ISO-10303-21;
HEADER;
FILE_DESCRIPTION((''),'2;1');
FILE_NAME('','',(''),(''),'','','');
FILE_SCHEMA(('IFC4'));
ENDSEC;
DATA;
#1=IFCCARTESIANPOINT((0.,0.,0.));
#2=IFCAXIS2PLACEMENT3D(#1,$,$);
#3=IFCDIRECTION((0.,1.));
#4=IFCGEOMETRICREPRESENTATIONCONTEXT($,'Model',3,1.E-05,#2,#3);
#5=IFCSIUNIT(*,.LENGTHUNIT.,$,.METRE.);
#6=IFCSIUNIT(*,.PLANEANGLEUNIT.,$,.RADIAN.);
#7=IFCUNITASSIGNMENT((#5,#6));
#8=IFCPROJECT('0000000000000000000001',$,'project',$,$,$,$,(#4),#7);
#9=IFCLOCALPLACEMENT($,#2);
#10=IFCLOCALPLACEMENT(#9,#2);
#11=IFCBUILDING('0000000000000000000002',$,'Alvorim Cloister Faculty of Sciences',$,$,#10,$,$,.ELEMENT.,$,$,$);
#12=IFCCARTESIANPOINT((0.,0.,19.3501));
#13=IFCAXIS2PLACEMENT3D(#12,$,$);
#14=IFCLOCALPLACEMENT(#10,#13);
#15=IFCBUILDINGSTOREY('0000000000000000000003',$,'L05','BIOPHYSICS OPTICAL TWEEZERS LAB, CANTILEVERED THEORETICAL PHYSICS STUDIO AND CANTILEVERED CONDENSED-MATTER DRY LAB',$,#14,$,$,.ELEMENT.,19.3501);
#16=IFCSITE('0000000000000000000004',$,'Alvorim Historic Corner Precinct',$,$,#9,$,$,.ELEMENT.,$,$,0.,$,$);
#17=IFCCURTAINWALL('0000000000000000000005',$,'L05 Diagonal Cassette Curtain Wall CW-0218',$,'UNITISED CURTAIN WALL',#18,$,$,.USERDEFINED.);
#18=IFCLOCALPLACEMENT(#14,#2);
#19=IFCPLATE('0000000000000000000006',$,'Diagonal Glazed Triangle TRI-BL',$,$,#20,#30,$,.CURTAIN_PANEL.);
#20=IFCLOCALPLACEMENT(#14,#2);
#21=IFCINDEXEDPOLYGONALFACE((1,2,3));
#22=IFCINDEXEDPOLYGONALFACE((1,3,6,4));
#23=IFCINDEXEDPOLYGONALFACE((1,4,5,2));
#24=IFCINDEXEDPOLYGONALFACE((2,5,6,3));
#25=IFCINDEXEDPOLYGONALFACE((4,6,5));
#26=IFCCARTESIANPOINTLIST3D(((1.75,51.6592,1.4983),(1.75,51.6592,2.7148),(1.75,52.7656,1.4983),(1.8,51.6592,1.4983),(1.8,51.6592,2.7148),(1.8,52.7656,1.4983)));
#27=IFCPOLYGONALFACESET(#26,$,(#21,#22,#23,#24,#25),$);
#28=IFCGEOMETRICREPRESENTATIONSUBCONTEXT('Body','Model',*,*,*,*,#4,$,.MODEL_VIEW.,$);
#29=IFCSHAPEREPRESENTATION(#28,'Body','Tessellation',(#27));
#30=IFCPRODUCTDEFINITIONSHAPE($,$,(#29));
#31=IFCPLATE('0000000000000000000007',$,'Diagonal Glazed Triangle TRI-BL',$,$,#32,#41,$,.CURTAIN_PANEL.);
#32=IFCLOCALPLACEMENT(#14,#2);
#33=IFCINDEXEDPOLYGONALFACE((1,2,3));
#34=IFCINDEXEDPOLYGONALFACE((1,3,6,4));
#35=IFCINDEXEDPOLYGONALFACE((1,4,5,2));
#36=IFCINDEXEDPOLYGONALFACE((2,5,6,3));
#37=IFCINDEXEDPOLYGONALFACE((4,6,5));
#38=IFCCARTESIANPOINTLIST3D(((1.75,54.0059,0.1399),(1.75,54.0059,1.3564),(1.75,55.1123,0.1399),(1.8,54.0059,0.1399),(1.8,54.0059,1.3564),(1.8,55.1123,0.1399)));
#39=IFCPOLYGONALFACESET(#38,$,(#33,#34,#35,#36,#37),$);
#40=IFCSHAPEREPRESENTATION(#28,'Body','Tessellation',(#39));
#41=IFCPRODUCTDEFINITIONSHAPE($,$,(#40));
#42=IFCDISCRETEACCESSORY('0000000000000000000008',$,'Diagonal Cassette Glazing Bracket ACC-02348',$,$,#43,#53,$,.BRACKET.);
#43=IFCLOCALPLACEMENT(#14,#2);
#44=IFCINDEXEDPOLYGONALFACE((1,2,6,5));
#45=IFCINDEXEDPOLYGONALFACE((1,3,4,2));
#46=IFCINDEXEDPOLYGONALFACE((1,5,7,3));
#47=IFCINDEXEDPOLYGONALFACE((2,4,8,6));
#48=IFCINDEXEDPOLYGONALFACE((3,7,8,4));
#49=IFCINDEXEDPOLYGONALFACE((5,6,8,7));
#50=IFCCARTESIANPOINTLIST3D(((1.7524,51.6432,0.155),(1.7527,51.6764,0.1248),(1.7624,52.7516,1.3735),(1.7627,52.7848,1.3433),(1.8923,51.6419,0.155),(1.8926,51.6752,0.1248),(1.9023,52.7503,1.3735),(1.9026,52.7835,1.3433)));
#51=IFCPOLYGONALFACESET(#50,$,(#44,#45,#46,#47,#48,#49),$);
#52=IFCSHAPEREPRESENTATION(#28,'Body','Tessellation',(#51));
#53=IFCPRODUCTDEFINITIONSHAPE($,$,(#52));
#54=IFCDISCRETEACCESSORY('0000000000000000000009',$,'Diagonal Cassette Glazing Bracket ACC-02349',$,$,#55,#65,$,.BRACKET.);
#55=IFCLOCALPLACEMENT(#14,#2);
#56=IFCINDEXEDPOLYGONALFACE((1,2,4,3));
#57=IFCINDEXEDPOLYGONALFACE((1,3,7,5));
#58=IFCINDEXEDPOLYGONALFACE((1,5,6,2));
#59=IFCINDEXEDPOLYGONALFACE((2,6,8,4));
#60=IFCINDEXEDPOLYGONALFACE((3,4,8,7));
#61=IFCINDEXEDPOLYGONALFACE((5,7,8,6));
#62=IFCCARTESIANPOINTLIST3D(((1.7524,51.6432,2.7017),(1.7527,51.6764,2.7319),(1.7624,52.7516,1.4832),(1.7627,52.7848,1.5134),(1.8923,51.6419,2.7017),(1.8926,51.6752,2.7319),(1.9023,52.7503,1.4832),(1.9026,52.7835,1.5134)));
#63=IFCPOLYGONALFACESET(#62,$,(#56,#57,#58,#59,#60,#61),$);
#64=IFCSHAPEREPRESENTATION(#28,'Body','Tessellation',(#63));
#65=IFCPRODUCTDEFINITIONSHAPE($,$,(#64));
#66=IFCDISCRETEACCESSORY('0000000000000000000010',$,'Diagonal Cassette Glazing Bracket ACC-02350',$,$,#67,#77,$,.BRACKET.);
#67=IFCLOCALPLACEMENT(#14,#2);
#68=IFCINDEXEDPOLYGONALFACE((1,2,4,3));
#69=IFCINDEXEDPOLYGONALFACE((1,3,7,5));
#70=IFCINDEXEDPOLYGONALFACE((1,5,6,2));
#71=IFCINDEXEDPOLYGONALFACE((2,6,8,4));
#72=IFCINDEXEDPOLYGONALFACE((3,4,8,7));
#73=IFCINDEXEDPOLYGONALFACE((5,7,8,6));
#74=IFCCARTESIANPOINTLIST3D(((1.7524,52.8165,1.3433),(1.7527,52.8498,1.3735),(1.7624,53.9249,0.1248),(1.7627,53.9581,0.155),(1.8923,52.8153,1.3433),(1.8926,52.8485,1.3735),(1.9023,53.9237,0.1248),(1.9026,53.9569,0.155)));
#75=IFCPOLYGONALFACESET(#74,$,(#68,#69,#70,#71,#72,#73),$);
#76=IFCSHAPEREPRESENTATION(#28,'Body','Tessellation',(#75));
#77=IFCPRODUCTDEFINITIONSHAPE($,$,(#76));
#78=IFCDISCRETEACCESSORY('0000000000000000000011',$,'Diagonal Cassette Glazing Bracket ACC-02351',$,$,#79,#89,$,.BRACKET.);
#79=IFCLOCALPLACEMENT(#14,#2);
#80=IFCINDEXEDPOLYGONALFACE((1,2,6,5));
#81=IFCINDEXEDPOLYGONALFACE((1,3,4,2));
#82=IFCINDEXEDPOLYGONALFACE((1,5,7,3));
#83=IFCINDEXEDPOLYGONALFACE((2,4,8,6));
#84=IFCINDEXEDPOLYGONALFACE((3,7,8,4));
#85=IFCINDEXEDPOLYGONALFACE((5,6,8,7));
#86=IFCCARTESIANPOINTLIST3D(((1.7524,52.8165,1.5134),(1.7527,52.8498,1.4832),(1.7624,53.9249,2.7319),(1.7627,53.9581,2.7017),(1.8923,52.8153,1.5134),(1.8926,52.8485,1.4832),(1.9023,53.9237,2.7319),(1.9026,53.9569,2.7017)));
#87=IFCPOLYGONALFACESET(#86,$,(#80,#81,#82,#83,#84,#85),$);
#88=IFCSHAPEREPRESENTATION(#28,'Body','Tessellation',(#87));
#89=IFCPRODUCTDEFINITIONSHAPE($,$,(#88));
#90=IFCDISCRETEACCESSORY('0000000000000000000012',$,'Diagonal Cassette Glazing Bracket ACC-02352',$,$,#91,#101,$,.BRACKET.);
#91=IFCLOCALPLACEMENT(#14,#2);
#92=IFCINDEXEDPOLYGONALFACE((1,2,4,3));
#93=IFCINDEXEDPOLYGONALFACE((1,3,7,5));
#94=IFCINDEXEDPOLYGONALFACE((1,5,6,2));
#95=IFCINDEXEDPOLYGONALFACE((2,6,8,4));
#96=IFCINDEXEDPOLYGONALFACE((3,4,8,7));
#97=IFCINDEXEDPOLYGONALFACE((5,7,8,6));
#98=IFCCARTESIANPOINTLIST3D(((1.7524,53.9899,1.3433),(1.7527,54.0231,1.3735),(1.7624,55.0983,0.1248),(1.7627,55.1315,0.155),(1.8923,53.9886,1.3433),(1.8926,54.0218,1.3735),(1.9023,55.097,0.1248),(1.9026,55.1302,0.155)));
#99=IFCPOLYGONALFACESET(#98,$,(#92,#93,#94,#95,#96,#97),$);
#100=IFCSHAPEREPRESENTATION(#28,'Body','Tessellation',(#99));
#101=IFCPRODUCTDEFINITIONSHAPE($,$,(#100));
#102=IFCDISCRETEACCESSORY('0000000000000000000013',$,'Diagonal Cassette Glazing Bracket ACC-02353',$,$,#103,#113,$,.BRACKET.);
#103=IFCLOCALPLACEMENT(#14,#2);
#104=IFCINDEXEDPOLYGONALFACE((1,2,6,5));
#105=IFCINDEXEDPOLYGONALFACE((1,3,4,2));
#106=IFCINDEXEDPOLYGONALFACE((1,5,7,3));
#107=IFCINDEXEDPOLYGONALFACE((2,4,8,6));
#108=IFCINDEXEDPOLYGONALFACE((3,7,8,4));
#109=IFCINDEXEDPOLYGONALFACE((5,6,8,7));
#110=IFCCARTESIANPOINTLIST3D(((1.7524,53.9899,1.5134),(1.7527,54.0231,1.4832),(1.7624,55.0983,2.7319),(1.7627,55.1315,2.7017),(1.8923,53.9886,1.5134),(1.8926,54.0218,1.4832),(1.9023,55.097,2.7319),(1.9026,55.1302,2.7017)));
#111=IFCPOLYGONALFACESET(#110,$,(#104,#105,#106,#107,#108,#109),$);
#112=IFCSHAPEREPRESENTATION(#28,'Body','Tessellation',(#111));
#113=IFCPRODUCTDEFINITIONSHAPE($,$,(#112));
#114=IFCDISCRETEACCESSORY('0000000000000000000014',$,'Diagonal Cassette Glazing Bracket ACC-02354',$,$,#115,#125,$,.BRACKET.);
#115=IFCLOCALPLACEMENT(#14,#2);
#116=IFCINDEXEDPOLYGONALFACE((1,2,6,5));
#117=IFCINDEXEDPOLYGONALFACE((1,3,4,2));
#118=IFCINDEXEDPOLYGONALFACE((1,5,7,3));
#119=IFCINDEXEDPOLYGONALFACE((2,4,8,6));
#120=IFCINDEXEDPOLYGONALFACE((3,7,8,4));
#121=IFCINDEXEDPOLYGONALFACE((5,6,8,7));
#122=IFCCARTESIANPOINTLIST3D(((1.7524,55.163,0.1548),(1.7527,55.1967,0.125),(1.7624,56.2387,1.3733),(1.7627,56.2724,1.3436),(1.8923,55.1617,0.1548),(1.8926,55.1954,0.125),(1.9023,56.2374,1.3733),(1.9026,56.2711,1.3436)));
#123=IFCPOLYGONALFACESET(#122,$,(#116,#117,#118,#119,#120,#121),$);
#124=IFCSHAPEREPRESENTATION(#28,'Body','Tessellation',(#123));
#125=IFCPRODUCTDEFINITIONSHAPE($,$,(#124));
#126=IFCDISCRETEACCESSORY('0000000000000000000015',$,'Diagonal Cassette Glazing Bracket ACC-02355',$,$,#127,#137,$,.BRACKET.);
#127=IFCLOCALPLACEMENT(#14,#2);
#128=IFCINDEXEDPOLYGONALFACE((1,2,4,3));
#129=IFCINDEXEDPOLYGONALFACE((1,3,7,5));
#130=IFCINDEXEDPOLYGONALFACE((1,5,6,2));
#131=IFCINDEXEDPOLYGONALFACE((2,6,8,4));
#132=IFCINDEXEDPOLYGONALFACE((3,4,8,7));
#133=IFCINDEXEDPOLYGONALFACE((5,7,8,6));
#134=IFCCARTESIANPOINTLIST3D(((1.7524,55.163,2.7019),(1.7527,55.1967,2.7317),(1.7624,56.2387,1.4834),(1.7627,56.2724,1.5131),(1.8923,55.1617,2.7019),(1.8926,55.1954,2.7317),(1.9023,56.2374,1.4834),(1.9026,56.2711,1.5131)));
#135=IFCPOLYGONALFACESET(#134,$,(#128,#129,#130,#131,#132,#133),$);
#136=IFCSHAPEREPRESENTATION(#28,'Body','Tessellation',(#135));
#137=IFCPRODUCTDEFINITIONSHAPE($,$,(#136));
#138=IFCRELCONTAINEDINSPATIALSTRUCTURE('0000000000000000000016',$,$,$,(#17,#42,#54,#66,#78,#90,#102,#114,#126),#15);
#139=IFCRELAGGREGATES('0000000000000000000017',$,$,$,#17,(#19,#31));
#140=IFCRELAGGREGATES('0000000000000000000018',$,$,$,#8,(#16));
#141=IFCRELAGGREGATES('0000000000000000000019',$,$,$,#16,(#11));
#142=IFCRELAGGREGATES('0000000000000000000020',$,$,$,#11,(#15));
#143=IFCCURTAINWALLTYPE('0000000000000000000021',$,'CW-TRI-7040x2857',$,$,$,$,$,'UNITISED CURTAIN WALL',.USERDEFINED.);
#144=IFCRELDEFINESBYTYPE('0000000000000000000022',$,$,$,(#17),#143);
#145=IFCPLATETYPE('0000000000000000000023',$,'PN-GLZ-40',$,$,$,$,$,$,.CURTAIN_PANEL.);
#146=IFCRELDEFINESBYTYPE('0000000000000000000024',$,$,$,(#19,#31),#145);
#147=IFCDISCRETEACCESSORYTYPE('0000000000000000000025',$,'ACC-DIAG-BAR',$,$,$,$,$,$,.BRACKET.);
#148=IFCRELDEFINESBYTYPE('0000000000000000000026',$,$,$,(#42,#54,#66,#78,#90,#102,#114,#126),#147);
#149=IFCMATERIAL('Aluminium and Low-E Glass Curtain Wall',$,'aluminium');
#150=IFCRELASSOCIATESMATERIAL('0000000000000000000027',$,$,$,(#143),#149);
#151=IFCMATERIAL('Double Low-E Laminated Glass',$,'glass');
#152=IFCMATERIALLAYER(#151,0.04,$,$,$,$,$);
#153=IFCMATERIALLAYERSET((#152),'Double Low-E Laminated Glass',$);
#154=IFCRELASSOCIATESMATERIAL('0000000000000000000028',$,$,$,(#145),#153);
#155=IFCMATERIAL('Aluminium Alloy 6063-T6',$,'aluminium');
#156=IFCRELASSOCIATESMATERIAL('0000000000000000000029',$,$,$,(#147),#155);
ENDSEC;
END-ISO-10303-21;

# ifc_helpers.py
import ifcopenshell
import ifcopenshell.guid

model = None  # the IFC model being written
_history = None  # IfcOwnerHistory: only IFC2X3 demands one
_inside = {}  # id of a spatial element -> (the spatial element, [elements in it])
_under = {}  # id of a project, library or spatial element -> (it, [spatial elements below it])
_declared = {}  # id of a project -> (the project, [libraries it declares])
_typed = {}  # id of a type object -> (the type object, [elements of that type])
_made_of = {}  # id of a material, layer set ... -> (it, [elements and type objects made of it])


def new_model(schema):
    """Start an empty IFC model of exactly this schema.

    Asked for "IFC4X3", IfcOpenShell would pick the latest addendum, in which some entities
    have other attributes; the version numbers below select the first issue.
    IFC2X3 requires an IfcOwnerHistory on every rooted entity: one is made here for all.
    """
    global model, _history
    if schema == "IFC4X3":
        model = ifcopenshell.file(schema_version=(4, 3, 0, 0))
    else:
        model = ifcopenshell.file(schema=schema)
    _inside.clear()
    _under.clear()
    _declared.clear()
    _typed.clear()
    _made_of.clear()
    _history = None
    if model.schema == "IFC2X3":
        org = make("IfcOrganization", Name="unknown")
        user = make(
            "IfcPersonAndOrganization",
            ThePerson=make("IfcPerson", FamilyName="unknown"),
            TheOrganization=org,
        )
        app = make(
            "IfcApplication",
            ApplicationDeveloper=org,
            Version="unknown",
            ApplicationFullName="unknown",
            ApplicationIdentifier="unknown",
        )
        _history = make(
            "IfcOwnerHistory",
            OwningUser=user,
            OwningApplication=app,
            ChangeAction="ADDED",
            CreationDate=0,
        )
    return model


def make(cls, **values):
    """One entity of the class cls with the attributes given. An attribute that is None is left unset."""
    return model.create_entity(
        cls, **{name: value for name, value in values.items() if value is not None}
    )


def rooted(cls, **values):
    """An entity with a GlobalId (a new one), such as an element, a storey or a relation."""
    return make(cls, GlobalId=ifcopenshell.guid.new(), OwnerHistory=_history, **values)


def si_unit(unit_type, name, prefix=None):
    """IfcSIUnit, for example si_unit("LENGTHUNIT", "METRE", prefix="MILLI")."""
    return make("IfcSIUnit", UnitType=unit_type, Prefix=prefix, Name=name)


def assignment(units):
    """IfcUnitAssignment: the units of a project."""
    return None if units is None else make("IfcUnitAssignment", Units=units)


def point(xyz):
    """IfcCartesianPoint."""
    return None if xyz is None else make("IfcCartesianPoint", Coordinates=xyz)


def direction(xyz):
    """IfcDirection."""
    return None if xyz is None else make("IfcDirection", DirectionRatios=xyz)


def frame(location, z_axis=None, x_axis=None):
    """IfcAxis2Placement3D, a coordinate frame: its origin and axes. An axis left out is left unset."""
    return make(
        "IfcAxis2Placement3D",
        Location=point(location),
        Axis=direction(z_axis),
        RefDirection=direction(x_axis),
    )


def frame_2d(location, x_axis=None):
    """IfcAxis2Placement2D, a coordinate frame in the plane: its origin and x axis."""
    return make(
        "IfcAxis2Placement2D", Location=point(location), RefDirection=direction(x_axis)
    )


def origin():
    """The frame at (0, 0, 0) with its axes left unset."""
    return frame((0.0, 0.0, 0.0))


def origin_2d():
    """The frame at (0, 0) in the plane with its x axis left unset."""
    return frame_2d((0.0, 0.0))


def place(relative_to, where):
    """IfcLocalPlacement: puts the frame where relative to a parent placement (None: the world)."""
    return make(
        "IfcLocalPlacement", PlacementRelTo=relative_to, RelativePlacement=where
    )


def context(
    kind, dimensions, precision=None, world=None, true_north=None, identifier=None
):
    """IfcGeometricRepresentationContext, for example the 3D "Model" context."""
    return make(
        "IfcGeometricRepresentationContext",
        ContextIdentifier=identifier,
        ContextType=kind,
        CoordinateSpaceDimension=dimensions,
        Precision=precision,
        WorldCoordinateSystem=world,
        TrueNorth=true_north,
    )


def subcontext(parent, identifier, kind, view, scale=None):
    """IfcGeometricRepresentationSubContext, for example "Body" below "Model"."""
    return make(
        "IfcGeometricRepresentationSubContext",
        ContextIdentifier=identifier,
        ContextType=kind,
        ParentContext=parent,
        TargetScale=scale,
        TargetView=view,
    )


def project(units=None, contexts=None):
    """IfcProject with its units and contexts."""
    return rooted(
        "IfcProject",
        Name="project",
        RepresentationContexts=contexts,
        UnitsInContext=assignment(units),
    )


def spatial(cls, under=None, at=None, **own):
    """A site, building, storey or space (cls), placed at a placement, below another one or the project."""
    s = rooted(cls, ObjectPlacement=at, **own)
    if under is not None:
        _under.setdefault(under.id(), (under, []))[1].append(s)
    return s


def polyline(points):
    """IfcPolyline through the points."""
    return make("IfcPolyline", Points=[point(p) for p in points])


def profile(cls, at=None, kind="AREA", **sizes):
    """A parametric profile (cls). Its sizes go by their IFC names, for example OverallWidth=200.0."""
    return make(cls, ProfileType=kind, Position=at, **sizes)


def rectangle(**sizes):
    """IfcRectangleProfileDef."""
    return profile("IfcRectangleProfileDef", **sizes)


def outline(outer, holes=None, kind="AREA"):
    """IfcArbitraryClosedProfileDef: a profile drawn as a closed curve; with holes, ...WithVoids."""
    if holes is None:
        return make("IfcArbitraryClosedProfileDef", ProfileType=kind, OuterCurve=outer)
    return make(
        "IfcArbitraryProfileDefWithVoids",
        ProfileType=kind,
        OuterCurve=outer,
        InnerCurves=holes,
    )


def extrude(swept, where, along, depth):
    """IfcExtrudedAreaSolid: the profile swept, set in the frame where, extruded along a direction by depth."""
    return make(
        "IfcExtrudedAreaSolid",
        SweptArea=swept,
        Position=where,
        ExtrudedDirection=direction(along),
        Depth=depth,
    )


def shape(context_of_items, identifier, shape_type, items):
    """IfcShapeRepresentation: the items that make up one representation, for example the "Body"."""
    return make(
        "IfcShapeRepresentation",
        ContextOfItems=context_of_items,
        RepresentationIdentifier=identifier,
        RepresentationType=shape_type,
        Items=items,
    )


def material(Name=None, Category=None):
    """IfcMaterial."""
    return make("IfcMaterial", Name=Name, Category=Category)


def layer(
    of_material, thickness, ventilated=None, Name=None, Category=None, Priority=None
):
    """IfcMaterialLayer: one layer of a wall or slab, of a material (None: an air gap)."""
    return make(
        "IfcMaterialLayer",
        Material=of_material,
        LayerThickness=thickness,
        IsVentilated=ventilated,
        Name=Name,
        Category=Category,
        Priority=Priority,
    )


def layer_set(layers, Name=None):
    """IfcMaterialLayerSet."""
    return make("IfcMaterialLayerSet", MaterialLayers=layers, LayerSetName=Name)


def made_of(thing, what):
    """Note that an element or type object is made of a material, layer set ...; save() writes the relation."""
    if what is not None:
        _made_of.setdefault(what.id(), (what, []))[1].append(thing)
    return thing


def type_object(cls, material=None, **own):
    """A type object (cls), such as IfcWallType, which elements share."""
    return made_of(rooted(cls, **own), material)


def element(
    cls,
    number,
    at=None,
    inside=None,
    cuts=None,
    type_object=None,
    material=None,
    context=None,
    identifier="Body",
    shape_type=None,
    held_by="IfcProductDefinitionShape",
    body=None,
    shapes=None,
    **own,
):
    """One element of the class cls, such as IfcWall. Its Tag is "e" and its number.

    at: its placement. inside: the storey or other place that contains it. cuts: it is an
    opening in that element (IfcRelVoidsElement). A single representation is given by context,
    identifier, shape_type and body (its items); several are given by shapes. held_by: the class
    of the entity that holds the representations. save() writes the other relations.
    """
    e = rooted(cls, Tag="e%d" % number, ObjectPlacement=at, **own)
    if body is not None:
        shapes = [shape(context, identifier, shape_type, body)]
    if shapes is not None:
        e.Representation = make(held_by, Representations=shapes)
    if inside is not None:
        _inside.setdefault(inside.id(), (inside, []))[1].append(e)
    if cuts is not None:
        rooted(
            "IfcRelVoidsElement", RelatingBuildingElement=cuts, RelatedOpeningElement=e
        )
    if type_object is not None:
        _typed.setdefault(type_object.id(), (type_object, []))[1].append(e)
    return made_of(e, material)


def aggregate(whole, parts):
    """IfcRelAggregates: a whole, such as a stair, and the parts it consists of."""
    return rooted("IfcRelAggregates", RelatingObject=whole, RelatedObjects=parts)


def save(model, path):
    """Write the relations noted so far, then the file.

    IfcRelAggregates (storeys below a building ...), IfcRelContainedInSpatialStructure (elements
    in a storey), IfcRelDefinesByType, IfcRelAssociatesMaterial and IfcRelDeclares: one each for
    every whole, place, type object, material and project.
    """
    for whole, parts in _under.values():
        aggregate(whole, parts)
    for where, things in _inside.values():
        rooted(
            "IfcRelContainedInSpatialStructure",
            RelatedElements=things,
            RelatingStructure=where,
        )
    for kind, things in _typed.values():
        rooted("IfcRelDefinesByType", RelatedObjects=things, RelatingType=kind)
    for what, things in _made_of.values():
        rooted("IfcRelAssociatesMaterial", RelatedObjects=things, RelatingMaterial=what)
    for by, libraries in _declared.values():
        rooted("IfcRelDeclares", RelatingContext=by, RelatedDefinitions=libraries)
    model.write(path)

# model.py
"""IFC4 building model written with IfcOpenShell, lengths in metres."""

from ifc_helpers import new_model, si_unit, direction, frame, origin, origin_2d, place, context, subcontext, project, spatial, polyline, rectangle, outline, extrude, material, layer, layer_set, type_object, element, aggregate, save


model = new_model("IFC4")

# Units and contexts
model_context = context("Model", 3, precision=1e-05, world=origin(), true_north=direction((0.0, 1.0)))
body_context = subcontext(model_context, "Body", "Model", "MODEL_VIEW")
ifc_project = project(units=[si_unit("LENGTHUNIT", "METRE"), si_unit("PLANEANGLEUNIT", "RADIAN")], contexts=[model_context])

# Site, building, storey
site_placement = place(None, origin())
site = spatial("IfcSite", under=ifc_project, at=site_placement, Name="Alvorim Historic Corner Precinct", CompositionType="ELEMENT", RefElevation=0.0)
building_placement = place(site_placement, origin())
building = spatial("IfcBuilding", under=site, at=building_placement, Name="Alvorim Cloister Faculty of Sciences", CompositionType="ELEMENT")
storey_placement = place(building_placement, frame((0.0, 0.0, 19.3501)))
storey = spatial("IfcBuildingStorey", under=building, at=storey_placement, Name="L05", Description="BIOPHYSICS OPTICAL TWEEZERS LAB, CANTILEVERED THEORETICAL PHYSICS STUDIO AND CANTILEVERED CONDENSED-MATTER DRY LAB", CompositionType="ELEMENT", Elevation=19.3501)

# Curtain wall, plates
ifc_material_1 = material(Name="Aluminium and Low-E Glass Curtain Wall", Category="aluminium")
curtain_wall_type = type_object("IfcCurtainWallType", Name="CW-TRI-7040x2857", ElementType="UNITISED CURTAIN WALL", PredefinedType="USERDEFINED", material=ifc_material_1)
curtain_wall_placement = place(storey_placement, origin())
curtain_wall = element("IfcCurtainWall", 1, at=curtain_wall_placement, inside=storey, type_object=curtain_wall_type, Name="L05 Diagonal Cassette Curtain Wall CW-0218", ObjectType="UNITISED CURTAIN WALL", PredefinedType="USERDEFINED")
ifc_material_2 = material(Name="Aluminium Alloy 6063-T6", Category="aluminium")
ifc_material_3 = material(Name="Double Low-E Laminated Glass", Category="glass")
ifc_layer = layer(ifc_material_3, 0.04)
ifc_layer_set = layer_set([ifc_layer], Name="Double Low-E Laminated Glass")
plate_type = type_object("IfcPlateType", Name="PN-GLZ-40", PredefinedType="CURTAIN_PANEL", material=ifc_layer_set)
plate_1_placement = place(storey_placement, frame((1.7749, 51.6592, 1.4983), z_axis=(0.0, 0.0, 1.0), x_axis=(0.0, 1.0, 0.0)))
plate_1 = element("IfcPlate", 2, at=plate_1_placement, type_object=plate_type, Name="Diagonal Glazed Triangle TRI-BL", PredefinedType="CURTAIN_PANEL", context=body_context, shape_type="SweptSolid", body=[
    extrude(outline(polyline([(0.0, 0.0), (1.1064, 0.0), (0.0, 1.2166), (0.0, 0.0)])), frame((0.0, 0.0249, 0.0), z_axis=(0.0, -1.0, 0.0), x_axis=(1.0, 0.0, 0.0)), (0.0, 0.0, 1.0), 0.05),
])
plate_2_placement = place(storey_placement, frame((1.7749, 54.0059, 0.1399), z_axis=(0.0, 0.0, 1.0), x_axis=(0.0, 1.0, 0.0)))
plate_2 = element("IfcPlate", 3, at=plate_2_placement, type_object=plate_type, Name="Diagonal Glazed Triangle TRI-BL", PredefinedType="CURTAIN_PANEL", context=body_context, shape_type="SweptSolid", body=[
    extrude(outline(polyline([(0.0, 0.0), (1.1064, 0.0), (0.0, 1.2166), (0.0, 0.0)])), frame((0.0, 0.0249, 0.0), z_axis=(0.0, -1.0, 0.0), x_axis=(1.0, 0.0, 0.0)), (0.0, 0.0, 1.0), 0.05),
])
aggregate(curtain_wall, [plate_1, plate_2])

# Discrete accessories
discrete_accessory_type = type_object("IfcDiscreteAccessoryType", Name="ACC-DIAG-BAR", PredefinedType="BRACKET", material=ifc_material_2)
for number, where, z_axis, x_axis, name in (
    (4, (1.8225, 51.6592, 0.1399), (0.006077, 0.672882, 0.739725), (-0.999959, 0.00903, 0.0), "Diagonal Cassette Glazing Bracket ACC-02348"),
    (5, (1.8225, 51.6592, 2.7168), (0.006077, 0.672882, -0.739725), (-0.999959, 0.00903, 0.0), "Diagonal Cassette Glazing Bracket ACC-02349"),
    (6, (1.8225, 52.8325, 1.3584), (0.006077, 0.672882, -0.739725), (-0.999959, 0.00903, 0.0), "Diagonal Cassette Glazing Bracket ACC-02350"),
    (7, (1.8225, 52.8325, 1.4983), (0.006077, 0.672882, 0.739725), (-0.999959, 0.00903, 0.0), "Diagonal Cassette Glazing Bracket ACC-02351"),
    (8, (1.8225, 54.0059, 1.3584), (0.006077, 0.672882, -0.739725), (-0.999959, 0.00903, 0.0), "Diagonal Cassette Glazing Bracket ACC-02352"),
    (9, (1.8225, 54.0059, 1.4983), (0.006077, 0.672882, 0.739725), (-0.999959, 0.00903, 0.0), "Diagonal Cassette Glazing Bracket ACC-02353"),
):
    element("IfcDiscreteAccessory", number, at=place(storey_placement, frame(where, z_axis=z_axis, x_axis=x_axis)), inside=storey, type_object=discrete_accessory_type, Name=name, PredefinedType="BRACKET", context=body_context, shape_type="SweptSolid", body=[
        extrude(rectangle(XDim=0.1399, YDim=0.0449, at=origin_2d()), origin(), (0.0, 0.0, 1.0), 1.6472),
    ])
for number, where, z_axis, x_axis, name in (
    (10, (1.8225, 55.1792, 0.1399), (0.006158, 0.661793, 0.749661), (-0.999957, 0.009305, 0.0), "Diagonal Cassette Glazing Bracket ACC-02354"),
    (11, (1.8225, 55.1792, 2.7168), (0.006158, 0.661793, -0.749661), (-0.999957, 0.009305, 0.0), "Diagonal Cassette Glazing Bracket ACC-02355"),
):
    element("IfcDiscreteAccessory", number, at=place(storey_placement, frame(where, z_axis=z_axis, x_axis=x_axis)), inside=storey, type_object=discrete_accessory_type, Name=name, PredefinedType="BRACKET", context=body_context, shape_type="SweptSolid", body=[
        extrude(rectangle(XDim=0.1399, YDim=0.0449, at=origin_2d()), origin(), (0.0, 0.0, 1.0), 1.6255),
    ])

save(model, "model.ifc")
